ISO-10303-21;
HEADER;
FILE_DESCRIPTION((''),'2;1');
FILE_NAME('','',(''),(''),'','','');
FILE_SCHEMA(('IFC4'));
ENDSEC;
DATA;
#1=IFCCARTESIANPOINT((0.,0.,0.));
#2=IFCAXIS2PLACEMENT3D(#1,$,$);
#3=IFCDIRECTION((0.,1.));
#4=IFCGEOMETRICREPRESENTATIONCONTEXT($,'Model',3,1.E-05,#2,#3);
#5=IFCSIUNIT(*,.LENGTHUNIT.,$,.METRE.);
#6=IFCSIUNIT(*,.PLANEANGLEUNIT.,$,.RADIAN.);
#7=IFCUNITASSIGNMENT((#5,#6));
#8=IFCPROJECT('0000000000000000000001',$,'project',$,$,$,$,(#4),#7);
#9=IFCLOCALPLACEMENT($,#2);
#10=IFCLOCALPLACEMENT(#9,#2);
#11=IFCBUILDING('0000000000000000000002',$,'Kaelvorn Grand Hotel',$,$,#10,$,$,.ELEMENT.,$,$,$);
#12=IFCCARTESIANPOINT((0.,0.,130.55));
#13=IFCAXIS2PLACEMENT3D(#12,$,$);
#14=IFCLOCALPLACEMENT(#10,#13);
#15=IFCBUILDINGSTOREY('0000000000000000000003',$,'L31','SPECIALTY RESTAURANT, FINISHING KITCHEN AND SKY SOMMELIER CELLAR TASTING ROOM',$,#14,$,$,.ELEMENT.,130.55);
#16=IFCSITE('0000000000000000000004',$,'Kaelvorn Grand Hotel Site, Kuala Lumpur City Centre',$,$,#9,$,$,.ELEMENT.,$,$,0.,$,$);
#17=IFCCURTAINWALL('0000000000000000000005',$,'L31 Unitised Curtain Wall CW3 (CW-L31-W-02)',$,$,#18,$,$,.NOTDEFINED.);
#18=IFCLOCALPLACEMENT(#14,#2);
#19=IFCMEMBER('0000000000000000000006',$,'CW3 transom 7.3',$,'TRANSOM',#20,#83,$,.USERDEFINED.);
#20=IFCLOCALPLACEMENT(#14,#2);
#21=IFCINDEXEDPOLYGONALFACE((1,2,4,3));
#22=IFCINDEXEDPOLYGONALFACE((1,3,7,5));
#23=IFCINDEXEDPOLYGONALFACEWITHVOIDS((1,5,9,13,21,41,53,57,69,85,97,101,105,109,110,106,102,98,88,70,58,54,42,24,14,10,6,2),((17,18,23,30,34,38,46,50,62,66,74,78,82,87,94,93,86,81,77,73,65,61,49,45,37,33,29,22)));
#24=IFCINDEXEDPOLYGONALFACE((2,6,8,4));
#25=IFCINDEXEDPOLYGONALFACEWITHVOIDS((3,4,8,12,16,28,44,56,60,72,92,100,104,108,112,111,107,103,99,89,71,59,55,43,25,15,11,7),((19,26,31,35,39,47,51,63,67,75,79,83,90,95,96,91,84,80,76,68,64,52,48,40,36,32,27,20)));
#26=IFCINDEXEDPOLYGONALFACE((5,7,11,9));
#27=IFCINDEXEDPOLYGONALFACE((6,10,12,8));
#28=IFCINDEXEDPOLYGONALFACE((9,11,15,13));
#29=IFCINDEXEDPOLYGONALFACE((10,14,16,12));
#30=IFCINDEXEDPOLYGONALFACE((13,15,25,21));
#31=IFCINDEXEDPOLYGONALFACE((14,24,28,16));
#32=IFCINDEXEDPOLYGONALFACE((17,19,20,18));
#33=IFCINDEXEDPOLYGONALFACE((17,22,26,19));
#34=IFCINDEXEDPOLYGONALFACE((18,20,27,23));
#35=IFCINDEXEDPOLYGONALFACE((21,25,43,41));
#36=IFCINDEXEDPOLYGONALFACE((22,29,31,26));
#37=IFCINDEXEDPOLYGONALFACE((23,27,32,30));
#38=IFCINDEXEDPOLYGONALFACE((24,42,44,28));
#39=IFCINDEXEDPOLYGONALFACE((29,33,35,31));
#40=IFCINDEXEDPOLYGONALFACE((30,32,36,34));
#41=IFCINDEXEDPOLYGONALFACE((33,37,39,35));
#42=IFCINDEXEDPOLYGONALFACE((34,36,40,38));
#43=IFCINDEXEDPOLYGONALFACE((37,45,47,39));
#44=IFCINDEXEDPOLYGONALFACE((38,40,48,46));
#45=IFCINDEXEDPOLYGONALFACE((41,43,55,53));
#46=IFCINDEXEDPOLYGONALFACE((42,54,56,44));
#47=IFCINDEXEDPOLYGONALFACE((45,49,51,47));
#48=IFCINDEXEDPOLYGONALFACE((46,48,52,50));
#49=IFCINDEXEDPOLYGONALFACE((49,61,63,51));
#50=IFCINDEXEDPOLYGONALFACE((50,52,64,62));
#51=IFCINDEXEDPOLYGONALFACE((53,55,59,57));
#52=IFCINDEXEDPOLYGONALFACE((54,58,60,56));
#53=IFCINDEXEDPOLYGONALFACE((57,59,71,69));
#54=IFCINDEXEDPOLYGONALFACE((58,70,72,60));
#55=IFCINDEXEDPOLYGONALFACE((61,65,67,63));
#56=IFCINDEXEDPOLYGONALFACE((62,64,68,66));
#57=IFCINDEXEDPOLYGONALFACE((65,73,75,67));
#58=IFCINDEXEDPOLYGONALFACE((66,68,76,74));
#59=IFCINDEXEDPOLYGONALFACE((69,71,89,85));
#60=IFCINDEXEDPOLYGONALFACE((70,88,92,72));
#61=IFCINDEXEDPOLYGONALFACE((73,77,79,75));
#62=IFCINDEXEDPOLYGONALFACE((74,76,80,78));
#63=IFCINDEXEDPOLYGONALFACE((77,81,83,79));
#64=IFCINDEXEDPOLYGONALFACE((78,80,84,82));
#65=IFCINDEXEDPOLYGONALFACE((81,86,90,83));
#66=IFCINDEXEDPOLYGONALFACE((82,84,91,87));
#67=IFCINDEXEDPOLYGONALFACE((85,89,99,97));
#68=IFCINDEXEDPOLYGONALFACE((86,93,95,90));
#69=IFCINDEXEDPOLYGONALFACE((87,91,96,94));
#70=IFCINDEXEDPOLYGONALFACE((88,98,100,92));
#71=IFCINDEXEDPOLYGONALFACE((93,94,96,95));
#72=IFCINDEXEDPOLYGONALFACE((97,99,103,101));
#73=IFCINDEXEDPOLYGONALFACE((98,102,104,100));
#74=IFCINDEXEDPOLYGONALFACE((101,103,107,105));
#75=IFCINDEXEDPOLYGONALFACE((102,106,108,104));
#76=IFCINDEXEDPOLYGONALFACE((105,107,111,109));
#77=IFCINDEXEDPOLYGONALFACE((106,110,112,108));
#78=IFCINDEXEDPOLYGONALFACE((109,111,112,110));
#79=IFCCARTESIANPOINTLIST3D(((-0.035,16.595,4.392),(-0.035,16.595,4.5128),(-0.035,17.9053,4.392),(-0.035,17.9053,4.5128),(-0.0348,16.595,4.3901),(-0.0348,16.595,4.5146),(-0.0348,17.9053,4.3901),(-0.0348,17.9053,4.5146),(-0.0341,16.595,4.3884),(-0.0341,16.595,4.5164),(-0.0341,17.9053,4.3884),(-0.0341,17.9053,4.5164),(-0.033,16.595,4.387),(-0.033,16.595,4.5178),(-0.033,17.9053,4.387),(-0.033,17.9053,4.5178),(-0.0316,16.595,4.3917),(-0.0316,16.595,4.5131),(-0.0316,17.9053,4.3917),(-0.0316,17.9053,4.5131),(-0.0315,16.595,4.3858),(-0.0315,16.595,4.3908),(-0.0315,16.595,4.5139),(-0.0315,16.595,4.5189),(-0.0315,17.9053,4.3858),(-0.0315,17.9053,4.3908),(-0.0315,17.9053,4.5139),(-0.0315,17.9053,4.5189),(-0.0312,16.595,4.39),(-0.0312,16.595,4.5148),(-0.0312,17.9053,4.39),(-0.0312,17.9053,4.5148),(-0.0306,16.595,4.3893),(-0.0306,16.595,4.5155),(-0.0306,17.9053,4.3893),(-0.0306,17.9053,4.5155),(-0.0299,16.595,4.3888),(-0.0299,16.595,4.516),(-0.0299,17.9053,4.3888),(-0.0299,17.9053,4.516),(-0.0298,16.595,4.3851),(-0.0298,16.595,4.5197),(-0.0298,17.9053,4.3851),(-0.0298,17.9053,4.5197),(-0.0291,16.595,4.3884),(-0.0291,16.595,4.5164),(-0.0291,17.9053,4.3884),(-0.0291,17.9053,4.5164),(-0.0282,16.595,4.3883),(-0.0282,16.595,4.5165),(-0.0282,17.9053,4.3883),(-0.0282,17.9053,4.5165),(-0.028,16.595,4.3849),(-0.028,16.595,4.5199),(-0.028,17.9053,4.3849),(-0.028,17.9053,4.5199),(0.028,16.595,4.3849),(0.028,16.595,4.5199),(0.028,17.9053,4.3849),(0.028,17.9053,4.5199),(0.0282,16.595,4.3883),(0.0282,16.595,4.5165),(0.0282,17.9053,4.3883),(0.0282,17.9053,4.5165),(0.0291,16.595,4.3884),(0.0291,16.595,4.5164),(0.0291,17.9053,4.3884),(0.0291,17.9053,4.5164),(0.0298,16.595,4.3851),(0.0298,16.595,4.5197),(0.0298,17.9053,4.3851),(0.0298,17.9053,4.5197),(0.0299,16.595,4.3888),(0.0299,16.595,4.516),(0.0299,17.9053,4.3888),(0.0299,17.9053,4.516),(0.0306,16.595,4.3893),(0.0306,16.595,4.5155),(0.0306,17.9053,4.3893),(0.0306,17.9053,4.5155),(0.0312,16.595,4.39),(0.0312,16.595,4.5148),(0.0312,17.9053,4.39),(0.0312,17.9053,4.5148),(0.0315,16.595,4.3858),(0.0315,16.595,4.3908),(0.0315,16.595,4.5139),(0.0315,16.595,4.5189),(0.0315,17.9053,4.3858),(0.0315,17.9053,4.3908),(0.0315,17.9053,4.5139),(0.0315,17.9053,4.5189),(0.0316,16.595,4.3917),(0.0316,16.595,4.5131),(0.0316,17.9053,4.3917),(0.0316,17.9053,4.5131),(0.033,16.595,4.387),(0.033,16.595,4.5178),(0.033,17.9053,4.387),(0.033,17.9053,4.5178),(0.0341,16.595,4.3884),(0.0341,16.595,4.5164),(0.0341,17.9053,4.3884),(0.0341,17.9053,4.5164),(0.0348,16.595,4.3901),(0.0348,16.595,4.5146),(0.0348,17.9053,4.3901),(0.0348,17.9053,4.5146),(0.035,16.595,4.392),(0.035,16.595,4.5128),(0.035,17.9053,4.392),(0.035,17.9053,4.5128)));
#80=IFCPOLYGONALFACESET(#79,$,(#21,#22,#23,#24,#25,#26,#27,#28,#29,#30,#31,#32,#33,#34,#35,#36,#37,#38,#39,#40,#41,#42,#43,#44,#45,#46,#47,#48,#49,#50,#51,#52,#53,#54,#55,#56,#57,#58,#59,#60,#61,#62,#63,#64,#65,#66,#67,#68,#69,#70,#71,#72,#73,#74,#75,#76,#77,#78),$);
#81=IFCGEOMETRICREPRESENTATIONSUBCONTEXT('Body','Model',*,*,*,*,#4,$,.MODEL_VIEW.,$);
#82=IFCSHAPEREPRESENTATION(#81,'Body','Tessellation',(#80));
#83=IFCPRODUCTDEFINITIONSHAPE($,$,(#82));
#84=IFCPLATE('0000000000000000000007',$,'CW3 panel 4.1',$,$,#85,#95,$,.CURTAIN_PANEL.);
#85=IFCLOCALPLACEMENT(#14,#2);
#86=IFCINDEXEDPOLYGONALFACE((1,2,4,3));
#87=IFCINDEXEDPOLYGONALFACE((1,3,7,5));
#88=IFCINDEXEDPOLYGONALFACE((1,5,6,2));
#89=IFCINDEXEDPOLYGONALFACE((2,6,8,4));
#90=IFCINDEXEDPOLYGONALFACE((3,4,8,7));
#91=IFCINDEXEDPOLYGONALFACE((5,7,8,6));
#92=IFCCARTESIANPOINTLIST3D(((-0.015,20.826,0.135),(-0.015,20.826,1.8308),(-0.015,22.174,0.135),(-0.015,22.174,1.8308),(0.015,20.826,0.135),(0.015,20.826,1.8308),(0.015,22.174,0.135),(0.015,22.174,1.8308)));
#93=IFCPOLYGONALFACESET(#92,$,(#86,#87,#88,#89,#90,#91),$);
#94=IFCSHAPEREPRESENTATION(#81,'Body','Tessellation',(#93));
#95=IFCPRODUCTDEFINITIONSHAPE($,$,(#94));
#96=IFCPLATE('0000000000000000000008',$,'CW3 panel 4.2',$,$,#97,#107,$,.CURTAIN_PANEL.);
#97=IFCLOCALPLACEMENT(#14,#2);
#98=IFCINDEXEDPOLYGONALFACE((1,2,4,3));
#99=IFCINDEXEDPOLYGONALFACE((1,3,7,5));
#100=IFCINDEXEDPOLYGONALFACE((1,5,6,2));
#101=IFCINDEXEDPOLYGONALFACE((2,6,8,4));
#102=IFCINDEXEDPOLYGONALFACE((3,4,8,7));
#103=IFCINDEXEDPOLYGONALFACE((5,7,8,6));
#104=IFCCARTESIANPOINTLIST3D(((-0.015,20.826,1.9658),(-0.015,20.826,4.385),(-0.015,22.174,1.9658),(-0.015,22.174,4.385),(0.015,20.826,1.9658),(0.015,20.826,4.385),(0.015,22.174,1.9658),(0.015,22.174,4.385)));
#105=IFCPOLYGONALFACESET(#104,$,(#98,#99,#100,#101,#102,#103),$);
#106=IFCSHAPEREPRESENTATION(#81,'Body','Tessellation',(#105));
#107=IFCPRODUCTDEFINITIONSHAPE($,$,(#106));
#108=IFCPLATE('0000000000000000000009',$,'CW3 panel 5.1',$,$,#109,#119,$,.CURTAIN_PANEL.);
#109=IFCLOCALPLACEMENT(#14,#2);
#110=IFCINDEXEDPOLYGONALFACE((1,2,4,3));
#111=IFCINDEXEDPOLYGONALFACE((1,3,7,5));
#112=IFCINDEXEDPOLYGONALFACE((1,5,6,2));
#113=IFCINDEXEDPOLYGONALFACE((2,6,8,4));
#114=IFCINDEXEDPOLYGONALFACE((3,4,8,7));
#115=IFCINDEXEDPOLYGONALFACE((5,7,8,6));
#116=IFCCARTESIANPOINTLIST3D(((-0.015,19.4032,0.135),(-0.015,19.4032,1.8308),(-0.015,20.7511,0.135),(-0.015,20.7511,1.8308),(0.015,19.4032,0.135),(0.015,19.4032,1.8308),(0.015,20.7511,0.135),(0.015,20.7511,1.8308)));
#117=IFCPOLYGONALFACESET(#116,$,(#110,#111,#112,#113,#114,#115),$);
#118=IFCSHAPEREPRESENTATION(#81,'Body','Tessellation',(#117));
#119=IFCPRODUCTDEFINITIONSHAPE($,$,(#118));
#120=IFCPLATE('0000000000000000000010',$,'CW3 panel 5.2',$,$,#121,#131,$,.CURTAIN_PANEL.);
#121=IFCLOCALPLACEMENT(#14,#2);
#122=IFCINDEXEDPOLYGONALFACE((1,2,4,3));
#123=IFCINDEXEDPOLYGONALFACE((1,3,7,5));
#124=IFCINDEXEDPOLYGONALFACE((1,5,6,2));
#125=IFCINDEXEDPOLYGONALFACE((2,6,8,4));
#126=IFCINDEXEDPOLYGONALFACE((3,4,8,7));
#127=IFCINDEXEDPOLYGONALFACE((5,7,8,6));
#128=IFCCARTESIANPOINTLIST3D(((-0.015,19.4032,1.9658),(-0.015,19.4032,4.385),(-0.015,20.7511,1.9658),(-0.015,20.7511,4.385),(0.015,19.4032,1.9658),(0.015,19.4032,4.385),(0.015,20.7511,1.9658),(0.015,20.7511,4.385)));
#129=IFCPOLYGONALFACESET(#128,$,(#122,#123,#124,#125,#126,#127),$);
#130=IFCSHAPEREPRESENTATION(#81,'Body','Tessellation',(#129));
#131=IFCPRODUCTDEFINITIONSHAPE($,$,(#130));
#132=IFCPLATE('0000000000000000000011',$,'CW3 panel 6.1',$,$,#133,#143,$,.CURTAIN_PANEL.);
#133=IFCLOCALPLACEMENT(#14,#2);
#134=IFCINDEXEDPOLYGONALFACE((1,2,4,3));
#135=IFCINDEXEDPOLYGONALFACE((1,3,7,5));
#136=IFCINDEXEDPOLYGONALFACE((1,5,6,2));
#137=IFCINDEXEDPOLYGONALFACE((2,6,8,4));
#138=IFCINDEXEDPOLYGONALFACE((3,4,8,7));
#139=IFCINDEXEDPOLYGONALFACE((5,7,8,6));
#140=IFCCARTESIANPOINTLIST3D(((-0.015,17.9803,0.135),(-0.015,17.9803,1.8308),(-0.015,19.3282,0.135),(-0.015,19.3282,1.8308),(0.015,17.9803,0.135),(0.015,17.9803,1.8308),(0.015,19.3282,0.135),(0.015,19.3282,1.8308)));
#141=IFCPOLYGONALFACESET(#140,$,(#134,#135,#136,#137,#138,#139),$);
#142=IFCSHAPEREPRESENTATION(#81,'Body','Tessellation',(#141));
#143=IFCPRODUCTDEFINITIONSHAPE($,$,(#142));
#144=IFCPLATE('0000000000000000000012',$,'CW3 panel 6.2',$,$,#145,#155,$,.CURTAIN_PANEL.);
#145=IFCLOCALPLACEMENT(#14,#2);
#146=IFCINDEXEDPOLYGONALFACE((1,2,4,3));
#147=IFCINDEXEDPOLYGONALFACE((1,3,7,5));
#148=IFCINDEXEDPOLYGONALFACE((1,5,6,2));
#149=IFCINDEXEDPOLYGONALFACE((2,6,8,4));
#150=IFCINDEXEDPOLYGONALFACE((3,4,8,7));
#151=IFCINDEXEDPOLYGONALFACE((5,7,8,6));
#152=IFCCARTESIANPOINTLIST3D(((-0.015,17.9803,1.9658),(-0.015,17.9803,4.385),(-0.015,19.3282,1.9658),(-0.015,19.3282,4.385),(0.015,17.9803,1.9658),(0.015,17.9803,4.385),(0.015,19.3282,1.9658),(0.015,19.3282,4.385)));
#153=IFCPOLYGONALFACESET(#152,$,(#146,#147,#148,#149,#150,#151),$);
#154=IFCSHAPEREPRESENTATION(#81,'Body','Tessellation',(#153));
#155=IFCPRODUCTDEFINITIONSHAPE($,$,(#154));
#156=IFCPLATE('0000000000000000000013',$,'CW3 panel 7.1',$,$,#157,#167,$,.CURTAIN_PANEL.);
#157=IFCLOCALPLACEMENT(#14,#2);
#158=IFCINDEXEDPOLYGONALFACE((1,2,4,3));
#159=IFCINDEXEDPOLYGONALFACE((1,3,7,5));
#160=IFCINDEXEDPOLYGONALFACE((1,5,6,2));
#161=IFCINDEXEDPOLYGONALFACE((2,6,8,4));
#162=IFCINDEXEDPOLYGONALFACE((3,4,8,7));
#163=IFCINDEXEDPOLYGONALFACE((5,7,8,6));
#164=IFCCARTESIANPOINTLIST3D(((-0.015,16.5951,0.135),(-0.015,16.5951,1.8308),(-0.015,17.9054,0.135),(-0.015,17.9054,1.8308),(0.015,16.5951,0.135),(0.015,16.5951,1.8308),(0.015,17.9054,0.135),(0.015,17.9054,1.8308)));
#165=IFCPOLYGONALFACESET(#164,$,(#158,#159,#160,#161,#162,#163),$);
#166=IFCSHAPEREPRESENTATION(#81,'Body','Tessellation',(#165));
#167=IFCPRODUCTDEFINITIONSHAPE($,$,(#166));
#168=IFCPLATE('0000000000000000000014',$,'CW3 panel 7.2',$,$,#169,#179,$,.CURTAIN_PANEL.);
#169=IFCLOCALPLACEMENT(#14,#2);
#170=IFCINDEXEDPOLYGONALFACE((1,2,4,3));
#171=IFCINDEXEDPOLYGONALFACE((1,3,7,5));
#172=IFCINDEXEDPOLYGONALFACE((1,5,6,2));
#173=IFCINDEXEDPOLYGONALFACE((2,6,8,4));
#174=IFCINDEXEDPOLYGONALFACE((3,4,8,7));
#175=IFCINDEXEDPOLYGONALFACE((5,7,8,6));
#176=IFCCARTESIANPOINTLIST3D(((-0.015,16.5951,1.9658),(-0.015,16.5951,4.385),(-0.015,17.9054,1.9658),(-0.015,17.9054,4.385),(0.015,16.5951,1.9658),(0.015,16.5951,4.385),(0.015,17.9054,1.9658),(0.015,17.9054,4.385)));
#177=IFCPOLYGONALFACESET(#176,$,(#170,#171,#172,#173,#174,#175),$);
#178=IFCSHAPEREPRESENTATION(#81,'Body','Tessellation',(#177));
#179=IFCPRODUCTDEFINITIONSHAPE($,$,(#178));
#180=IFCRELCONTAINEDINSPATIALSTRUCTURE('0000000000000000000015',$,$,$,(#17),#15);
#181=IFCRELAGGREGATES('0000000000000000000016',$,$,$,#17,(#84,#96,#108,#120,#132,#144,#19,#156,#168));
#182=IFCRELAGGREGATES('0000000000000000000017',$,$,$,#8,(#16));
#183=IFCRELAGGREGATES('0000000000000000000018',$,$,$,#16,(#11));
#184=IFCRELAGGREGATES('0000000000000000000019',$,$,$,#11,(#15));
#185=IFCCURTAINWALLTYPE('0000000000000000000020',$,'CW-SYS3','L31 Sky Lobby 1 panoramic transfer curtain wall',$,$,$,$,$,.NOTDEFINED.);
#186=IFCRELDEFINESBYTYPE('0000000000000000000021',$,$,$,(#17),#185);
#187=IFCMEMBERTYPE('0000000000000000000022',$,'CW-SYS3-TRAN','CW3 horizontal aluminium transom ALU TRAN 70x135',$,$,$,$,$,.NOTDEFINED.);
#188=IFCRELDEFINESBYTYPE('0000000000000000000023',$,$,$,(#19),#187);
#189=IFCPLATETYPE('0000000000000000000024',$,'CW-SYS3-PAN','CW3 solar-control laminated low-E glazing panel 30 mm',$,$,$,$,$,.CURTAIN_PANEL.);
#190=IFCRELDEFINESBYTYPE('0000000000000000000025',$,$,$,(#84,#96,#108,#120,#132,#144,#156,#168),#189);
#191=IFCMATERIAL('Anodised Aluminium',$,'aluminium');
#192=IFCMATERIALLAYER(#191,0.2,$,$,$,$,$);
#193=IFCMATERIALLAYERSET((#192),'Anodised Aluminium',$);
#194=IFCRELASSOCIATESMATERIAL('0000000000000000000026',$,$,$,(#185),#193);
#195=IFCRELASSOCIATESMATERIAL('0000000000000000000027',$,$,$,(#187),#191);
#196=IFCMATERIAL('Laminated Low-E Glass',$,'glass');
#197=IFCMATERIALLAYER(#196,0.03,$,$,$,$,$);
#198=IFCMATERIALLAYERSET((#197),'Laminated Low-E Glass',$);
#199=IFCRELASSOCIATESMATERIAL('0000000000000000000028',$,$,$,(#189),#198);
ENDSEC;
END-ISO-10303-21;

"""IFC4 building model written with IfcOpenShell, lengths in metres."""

from ifc_helpers import new_model, si_unit, direction, frame, origin, origin_2d, place, context, subcontext, project, spatial, rectangle, hollow_rectangle, extrude, material, layer, layer_set, material_profile, profile_set, type_object, element, aggregate, save


model = new_model("IFC4")

# Units and contexts
model_context = context("Model", 3, precision=1e-05, world=origin(), true_north=direction((0.0, 1.0)))
body_context = subcontext(model_context, "Body", "Model", "MODEL_VIEW")
ifc_project = project(units=[si_unit("LENGTHUNIT", "METRE"), si_unit("PLANEANGLEUNIT", "RADIAN")], contexts=[model_context])

# Site, building, storey
site_placement = place(None, origin())
site = spatial("IfcSite", under=ifc_project, at=site_placement, Name="Kaelvorn Grand Hotel Site, Kuala Lumpur City Centre", CompositionType="ELEMENT", RefElevation=0.0)
building_placement = place(site_placement, origin())
building = spatial("IfcBuilding", under=site, at=building_placement, Name="Kaelvorn Grand Hotel", CompositionType="ELEMENT")
storey_placement = place(building_placement, frame((0.0, 0.0, 130.55)))
storey = spatial("IfcBuildingStorey", under=building, at=storey_placement, Name="L31", Description="SPECIALTY RESTAURANT, FINISHING KITCHEN AND SKY SOMMELIER CELLAR TASTING ROOM", CompositionType="ELEMENT", Elevation=130.55)

# Curtain wall, member, plates
ifc_material_1 = material(Name="Anodised Aluminium", Category="aluminium")
ifc_layer_1 = layer(ifc_material_1, 0.2)
ifc_layer_set_1 = layer_set([ifc_layer_1], Name="Anodised Aluminium")
curtain_wall_type = type_object("IfcCurtainWallType", Name="CW-SYS3", Description="L31 Sky Lobby 1 panoramic transfer curtain wall", PredefinedType="NOTDEFINED", material=ifc_layer_set_1)
curtain_wall_placement = place(storey_placement, origin())
curtain_wall = element("IfcCurtainWall", 1, at=curtain_wall_placement, inside=storey, type_object=curtain_wall_type, Name="L31 Unitised Curtain Wall CW3 (CW-L31-W-02)", PredefinedType="NOTDEFINED")
ifc_material_profile_1 = material_profile(ifc_material_1, hollow_rectangle(XDim=0.0701, YDim=0.135, WallThickness=0.0034, InnerFilletRadius=0.0034, OuterFilletRadius=0.0071, at=origin_2d()), Name="ALU TRAN 70x135")
ifc_profile_set_1 = profile_set([ifc_material_profile_1], Name="Anodised Aluminium")
member_type_1 = type_object("IfcMemberType", Name="CW-SYS3-TRAN", Description="CW3 horizontal aluminium transom ALU TRAN 70x135", PredefinedType="NOTDEFINED", material=ifc_profile_set_1)
member_1_placement = place(storey_placement, frame((0.0, 17.9053, 4.4524), z_axis=(0.0, -1.0, 0.0), x_axis=(1.0, 0.0, 0.0)))
member_1 = element("IfcMember", 2, at=member_1_placement, type_object=member_type_1, Name="CW3 transom 7.3", ObjectType="TRANSOM", PredefinedType="USERDEFINED", context=body_context, shape_type="SweptSolid", body=[
    extrude(hollow_rectangle(XDim=0.0701, YDim=0.135, WallThickness=0.0034, InnerFilletRadius=0.0034, OuterFilletRadius=0.0071, at=origin_2d()), origin(), (0.0, 0.0, 1.0), 1.3103),
])
ifc_material_2 = material(Name="Laminated Low-E Glass", Category="glass")
ifc_layer_2 = layer(ifc_material_2, 0.03)
ifc_layer_set_2 = layer_set([ifc_layer_2], Name="Laminated Low-E Glass")
plate_type = type_object("IfcPlateType", Name="CW-SYS3-PAN", Description="CW3 solar-control laminated low-E glazing panel 30 mm", PredefinedType="CURTAIN_PANEL", material=ifc_layer_set_2)
plate_1_placement = place(storey_placement, frame((0.0, 21.5, 0.135), z_axis=(0.0, 0.0, 1.0), x_axis=(0.0, -1.0, 0.0)))
plate_1 = element("IfcPlate", 3, at=plate_1_placement, type_object=plate_type, Name="CW3 panel 4.1", PredefinedType="CURTAIN_PANEL", context=body_context, shape_type="SweptSolid", body=[
    extrude(rectangle(XDim=1.3479, YDim=0.03, at=origin_2d()), origin(), (0.0, 0.0, 1.0), 1.6958),
])
plate_2_placement = place(storey_placement, frame((0.0, 21.5, 1.9658), z_axis=(0.0, 0.0, 1.0), x_axis=(0.0, -1.0, 0.0)))
plate_2 = element("IfcPlate", 4, at=plate_2_placement, type_object=plate_type, Name="CW3 panel 4.2", PredefinedType="CURTAIN_PANEL", context=body_context, shape_type="SweptSolid", body=[
    extrude(rectangle(XDim=1.3479, YDim=0.03, at=origin_2d()), origin(), (0.0, 0.0, 1.0), 2.4192),
])
plate_3_placement = place(storey_placement, frame((0.0, 20.0771, 0.135), z_axis=(0.0, 0.0, 1.0), x_axis=(0.0, -1.0, 0.0)))
plate_3 = element("IfcPlate", 5, at=plate_3_placement, type_object=plate_type, Name="CW3 panel 5.1", PredefinedType="CURTAIN_PANEL", context=body_context, shape_type="SweptSolid", body=[
    extrude(rectangle(XDim=1.3479, YDim=0.03, at=origin_2d()), origin(), (0.0, 0.0, 1.0), 1.6958),
])
plate_4_placement = place(storey_placement, frame((0.0, 20.0771, 1.9658), z_axis=(0.0, 0.0, 1.0), x_axis=(0.0, -1.0, 0.0)))
plate_4 = element("IfcPlate", 6, at=plate_4_placement, type_object=plate_type, Name="CW3 panel 5.2", PredefinedType="CURTAIN_PANEL", context=body_context, shape_type="SweptSolid", body=[
    extrude(rectangle(XDim=1.3479, YDim=0.03, at=origin_2d()), origin(), (0.0, 0.0, 1.0), 2.4192),
])
plate_5_placement = place(storey_placement, frame((0.0, 18.6543, 0.135), z_axis=(0.0, 0.0, 1.0), x_axis=(0.0, -1.0, 0.0)))
plate_5 = element("IfcPlate", 7, at=plate_5_placement, type_object=plate_type, Name="CW3 panel 6.1", PredefinedType="CURTAIN_PANEL", context=body_context, shape_type="SweptSolid", body=[
    extrude(rectangle(XDim=1.3479, YDim=0.03, at=origin_2d()), origin(), (0.0, 0.0, 1.0), 1.6958),
])
plate_6_placement = place(storey_placement, frame((0.0, 18.6543, 1.9658), z_axis=(0.0, 0.0, 1.0), x_axis=(0.0, -1.0, 0.0)))
plate_6 = element("IfcPlate", 8, at=plate_6_placement, type_object=plate_type, Name="CW3 panel 6.2", PredefinedType="CURTAIN_PANEL", context=body_context, shape_type="SweptSolid", body=[
    extrude(rectangle(XDim=1.3479, YDim=0.03, at=origin_2d()), origin(), (0.0, 0.0, 1.0), 2.4192),
])
plate_7_placement = place(storey_placement, frame((0.0, 17.2502, 0.135), z_axis=(0.0, 0.0, 1.0), x_axis=(0.0, -1.0, 0.0)))
plate_7 = element("IfcPlate", 9, at=plate_7_placement, type_object=plate_type, Name="CW3 panel 7.1", PredefinedType="CURTAIN_PANEL", context=body_context, shape_type="SweptSolid", body=[
    extrude(rectangle(XDim=1.3103, YDim=0.03, at=origin_2d()), origin(), (0.0, 0.0, 1.0), 1.6958),
])
plate_8_placement = place(storey_placement, frame((0.0, 17.2502, 1.9658), z_axis=(0.0, 0.0, 1.0), x_axis=(0.0, -1.0, 0.0)))
plate_8 = element("IfcPlate", 10, at=plate_8_placement, type_object=plate_type, Name="CW3 panel 7.2", PredefinedType="CURTAIN_PANEL", context=body_context, shape_type="SweptSolid", body=[
    extrude(rectangle(XDim=1.3103, YDim=0.03, at=origin_2d()), origin(), (0.0, 0.0, 1.0), 2.4192),
])
aggregate(curtain_wall, [plate_1, plate_2, plate_3, plate_4, plate_5, plate_6, member_1, plate_7, plate_8])

save(model, "model.ifc")
